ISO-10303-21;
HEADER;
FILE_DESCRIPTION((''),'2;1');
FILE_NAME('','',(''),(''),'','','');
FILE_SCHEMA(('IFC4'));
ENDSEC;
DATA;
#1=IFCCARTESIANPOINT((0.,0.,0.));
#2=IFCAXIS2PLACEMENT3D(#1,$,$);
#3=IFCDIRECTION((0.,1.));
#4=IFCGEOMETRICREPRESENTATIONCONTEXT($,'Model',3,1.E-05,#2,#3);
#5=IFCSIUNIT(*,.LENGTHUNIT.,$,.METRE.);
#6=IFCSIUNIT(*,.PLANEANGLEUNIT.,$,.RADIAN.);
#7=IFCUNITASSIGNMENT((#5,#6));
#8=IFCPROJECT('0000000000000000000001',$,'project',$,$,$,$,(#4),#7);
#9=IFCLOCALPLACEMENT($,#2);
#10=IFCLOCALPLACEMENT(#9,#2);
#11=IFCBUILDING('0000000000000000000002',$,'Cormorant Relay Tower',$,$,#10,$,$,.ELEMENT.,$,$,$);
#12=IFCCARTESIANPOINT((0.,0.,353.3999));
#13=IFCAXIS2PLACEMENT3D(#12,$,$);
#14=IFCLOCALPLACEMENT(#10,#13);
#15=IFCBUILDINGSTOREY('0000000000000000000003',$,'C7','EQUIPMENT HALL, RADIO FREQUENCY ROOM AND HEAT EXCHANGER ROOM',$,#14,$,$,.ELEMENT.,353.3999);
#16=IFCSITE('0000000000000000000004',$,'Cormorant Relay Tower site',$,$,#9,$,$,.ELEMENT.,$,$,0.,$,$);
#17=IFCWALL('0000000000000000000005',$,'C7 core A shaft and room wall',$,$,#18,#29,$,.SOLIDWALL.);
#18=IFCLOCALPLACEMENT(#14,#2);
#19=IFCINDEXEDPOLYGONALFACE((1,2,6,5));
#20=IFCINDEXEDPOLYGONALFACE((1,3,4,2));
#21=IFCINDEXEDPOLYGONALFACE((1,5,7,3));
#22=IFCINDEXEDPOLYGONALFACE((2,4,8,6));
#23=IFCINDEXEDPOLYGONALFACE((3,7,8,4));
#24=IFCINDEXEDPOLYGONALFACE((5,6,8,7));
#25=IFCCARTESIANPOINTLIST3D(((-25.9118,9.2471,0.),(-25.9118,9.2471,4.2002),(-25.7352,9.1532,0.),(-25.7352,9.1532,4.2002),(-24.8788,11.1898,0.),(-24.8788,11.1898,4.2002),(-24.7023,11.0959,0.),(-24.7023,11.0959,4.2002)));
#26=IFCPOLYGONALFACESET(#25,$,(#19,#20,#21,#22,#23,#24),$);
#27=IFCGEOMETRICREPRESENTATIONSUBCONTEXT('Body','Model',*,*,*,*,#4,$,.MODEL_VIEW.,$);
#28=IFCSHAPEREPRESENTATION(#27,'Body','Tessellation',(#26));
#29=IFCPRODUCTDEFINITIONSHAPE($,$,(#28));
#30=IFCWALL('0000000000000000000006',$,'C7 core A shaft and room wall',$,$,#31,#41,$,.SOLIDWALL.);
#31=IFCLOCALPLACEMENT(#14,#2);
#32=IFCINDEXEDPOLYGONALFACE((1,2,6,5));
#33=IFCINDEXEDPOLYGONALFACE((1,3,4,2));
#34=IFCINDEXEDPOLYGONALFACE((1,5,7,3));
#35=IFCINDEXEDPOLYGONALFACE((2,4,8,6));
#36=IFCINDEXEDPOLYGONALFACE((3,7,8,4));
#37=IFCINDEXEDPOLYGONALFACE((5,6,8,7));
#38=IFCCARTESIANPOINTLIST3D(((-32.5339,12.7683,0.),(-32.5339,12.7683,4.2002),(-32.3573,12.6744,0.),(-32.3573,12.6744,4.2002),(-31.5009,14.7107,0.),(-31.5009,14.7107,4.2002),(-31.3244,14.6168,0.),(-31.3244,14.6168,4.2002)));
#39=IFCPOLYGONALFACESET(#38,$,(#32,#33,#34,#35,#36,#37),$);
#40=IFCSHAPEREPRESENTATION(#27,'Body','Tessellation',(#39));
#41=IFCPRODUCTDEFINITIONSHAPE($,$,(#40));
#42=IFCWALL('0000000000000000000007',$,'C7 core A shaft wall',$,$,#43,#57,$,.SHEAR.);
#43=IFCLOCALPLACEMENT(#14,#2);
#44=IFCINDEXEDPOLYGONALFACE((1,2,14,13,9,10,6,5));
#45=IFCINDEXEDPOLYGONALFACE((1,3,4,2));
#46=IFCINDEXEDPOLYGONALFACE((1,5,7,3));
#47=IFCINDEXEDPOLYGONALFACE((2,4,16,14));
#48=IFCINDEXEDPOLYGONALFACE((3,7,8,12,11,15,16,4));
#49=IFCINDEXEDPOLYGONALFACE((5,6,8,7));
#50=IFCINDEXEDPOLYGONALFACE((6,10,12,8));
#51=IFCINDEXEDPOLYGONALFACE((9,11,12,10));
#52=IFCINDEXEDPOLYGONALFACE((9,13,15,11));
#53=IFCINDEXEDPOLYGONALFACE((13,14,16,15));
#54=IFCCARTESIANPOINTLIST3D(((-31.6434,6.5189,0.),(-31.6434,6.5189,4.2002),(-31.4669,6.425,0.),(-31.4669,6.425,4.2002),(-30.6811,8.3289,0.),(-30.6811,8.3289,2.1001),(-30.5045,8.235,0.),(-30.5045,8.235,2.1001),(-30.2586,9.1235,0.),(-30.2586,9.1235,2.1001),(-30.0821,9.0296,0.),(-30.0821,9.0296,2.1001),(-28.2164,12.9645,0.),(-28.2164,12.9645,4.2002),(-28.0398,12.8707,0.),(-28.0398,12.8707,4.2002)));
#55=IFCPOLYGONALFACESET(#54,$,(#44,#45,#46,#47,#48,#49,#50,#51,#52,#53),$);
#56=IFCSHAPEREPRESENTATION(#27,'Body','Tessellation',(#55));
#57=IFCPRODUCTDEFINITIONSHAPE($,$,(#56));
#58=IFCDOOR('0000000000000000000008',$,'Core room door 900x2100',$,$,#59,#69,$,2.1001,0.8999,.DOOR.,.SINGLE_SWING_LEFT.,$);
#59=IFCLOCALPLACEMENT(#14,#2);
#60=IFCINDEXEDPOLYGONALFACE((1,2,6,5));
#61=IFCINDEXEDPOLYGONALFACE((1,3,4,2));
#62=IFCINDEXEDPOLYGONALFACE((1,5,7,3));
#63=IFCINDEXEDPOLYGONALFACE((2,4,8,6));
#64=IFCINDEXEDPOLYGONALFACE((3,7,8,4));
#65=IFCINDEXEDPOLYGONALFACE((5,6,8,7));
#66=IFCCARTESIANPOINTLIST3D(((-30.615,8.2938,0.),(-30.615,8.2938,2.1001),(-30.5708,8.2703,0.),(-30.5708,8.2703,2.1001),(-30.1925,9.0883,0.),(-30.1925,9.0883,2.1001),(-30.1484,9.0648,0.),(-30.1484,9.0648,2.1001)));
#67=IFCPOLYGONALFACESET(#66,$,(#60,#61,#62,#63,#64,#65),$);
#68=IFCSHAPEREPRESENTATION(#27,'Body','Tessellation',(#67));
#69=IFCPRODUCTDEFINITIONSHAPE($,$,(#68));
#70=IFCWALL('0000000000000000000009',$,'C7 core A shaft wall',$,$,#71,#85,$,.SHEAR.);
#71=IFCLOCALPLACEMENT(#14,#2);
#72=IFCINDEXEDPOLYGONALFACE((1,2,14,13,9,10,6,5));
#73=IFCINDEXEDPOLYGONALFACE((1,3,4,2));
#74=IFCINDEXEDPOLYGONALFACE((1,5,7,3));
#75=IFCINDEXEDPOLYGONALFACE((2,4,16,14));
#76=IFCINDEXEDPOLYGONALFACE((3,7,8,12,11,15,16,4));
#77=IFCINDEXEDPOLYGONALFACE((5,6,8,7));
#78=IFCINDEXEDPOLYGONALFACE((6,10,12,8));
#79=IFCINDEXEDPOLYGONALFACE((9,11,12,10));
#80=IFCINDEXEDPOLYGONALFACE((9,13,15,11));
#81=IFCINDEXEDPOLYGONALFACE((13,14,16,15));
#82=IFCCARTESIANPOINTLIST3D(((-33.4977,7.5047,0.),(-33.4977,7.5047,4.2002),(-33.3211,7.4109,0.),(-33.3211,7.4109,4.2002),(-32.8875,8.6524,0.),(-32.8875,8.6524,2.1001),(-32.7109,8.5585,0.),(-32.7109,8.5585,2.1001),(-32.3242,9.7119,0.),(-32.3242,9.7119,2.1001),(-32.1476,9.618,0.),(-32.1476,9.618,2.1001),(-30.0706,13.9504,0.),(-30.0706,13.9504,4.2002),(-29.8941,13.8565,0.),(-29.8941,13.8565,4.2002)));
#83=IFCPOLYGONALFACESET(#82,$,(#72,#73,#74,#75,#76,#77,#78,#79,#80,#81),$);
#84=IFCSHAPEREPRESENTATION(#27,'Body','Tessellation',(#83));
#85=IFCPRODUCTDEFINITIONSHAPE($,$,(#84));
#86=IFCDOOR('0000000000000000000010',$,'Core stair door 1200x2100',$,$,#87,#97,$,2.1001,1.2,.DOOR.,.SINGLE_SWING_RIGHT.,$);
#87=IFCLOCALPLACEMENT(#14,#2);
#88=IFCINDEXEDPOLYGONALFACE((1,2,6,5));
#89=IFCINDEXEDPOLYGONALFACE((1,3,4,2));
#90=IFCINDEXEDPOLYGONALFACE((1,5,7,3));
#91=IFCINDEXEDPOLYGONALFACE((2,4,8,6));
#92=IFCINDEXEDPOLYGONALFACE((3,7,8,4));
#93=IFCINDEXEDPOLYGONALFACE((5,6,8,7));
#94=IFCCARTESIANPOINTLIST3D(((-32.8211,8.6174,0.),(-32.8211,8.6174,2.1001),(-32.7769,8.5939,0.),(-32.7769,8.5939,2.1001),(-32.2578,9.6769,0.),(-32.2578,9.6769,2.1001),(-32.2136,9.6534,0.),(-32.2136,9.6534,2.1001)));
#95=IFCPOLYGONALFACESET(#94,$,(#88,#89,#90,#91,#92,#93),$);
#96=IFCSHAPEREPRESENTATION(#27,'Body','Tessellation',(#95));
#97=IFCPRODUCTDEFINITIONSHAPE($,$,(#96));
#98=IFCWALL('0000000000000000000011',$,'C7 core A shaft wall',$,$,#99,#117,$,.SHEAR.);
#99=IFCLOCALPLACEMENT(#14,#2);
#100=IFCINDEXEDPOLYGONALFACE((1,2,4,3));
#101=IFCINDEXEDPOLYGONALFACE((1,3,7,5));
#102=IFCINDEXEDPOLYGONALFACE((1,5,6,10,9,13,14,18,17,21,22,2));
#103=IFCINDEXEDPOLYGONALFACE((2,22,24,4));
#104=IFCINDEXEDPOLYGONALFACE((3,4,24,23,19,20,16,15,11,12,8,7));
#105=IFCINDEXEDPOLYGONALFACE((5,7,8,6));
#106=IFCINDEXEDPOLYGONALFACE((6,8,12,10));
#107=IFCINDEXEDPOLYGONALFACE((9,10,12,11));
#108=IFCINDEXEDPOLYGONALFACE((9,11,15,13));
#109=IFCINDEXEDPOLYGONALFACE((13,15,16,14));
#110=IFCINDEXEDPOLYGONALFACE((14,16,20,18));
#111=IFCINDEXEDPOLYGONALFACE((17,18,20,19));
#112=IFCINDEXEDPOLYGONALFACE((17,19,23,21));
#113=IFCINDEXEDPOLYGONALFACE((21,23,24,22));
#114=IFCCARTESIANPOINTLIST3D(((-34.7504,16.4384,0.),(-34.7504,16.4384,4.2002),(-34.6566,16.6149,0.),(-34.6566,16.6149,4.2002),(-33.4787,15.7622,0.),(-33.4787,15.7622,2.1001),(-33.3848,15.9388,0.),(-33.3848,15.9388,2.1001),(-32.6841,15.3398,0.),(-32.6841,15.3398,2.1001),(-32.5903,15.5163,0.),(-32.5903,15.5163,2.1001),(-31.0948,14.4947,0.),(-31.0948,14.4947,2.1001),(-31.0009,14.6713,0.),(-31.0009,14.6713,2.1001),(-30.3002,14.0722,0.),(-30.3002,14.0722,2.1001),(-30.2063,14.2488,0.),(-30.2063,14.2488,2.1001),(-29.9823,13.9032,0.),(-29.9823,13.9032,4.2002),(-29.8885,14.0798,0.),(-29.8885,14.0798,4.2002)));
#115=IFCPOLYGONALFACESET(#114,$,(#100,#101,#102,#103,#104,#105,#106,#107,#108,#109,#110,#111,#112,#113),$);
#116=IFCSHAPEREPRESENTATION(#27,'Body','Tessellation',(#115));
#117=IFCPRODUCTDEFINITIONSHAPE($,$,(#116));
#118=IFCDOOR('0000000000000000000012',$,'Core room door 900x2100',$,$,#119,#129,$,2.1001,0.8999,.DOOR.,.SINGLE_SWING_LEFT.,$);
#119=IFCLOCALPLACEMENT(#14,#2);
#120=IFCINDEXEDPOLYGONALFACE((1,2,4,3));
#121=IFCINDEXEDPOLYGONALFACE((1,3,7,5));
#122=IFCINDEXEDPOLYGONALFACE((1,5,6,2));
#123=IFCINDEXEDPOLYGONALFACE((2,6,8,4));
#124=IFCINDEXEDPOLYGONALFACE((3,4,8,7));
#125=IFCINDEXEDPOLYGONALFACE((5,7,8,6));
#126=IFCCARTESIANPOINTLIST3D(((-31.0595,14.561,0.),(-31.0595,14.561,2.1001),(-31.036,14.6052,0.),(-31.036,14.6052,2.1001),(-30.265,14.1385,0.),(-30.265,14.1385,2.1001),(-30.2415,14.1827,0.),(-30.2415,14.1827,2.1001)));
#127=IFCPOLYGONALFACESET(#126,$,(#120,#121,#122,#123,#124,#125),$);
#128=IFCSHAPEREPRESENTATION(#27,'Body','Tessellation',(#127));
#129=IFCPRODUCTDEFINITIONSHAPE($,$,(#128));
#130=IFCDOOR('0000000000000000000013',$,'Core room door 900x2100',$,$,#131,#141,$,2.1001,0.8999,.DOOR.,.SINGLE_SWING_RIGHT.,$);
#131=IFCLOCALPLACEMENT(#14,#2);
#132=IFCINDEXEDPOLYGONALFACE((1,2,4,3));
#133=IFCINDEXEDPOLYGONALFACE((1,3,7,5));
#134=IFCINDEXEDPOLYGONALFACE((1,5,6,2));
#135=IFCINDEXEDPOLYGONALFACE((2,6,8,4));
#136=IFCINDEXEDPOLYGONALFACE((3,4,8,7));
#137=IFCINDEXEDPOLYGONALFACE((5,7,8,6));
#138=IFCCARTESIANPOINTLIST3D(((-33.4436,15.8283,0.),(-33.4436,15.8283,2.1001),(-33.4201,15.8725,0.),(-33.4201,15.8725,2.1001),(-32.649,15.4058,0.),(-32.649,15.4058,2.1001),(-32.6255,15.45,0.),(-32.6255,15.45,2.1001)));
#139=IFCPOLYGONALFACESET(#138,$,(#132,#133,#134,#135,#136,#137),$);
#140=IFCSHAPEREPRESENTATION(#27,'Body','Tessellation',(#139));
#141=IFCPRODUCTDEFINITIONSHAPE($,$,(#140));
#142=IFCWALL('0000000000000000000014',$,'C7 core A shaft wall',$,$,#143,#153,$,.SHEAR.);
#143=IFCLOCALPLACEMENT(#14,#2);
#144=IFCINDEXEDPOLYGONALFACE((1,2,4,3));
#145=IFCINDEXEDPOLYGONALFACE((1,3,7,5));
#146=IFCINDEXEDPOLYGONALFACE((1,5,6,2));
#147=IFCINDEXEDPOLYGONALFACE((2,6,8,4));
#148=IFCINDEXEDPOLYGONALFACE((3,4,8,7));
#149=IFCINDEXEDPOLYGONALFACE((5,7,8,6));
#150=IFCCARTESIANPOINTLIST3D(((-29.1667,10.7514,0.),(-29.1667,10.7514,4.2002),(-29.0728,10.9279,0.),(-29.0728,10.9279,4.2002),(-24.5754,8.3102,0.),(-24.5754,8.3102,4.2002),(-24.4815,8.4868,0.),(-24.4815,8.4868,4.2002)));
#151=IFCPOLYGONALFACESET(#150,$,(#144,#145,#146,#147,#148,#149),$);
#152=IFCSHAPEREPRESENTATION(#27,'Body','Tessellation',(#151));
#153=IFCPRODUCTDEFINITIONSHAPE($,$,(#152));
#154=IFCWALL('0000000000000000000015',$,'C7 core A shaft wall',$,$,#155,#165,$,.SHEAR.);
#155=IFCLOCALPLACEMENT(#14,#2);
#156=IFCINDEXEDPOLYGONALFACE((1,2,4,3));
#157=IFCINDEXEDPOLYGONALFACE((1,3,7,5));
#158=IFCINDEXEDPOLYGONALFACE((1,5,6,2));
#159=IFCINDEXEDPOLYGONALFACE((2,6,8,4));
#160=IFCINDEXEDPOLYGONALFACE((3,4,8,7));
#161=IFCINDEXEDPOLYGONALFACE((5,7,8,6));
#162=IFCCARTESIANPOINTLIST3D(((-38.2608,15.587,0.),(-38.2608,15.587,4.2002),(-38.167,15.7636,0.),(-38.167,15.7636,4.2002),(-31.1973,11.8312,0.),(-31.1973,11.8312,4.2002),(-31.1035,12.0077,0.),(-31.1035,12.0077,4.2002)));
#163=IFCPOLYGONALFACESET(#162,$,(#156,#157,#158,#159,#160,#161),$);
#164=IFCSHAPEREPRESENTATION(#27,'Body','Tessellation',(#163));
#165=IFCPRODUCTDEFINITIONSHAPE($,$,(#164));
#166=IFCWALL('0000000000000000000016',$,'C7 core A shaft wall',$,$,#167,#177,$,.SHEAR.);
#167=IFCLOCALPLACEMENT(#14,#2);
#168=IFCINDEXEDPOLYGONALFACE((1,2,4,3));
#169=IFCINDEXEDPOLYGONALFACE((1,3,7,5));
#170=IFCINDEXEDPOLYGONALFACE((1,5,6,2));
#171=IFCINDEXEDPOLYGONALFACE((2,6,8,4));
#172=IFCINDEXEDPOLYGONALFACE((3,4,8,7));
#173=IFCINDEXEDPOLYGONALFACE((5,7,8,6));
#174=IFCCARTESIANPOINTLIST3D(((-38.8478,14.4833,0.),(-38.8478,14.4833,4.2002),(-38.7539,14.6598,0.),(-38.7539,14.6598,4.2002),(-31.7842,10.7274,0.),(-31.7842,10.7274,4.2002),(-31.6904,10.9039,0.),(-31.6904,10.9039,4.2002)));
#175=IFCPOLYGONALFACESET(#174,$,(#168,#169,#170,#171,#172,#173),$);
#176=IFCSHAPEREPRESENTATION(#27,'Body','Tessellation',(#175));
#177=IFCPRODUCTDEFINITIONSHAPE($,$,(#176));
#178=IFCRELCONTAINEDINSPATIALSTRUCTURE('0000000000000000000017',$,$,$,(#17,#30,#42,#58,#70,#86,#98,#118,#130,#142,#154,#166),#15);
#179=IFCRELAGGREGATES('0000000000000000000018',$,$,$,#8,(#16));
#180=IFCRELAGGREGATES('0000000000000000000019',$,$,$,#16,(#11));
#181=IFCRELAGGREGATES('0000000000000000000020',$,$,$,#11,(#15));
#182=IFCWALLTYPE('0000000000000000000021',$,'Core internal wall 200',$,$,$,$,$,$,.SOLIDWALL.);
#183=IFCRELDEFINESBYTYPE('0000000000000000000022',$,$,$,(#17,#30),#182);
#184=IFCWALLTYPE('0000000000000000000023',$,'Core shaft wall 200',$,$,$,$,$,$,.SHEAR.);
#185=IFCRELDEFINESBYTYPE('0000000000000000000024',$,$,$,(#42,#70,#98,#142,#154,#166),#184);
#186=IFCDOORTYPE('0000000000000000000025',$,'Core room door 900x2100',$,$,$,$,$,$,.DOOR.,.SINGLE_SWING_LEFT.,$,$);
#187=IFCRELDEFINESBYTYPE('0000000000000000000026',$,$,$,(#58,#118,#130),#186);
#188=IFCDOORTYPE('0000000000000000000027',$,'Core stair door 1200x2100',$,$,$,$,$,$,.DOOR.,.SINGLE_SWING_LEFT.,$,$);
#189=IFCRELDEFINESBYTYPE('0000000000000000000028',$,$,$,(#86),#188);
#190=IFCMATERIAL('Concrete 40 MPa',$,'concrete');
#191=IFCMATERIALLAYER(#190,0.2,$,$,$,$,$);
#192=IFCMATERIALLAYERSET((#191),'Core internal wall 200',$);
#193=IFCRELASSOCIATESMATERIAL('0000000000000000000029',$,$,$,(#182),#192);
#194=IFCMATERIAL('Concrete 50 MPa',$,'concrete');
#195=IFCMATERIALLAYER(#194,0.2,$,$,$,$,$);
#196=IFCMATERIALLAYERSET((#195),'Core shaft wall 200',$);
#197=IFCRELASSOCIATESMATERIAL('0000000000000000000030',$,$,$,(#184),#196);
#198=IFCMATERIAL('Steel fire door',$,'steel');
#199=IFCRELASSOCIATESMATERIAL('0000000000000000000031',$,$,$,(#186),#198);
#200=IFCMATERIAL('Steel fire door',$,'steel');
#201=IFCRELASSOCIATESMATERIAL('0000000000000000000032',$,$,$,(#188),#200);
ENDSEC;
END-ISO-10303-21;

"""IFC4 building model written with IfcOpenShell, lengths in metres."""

from ifc_helpers import new_model, si_unit, direction, frame, frame_2d, origin, place, context, subcontext, project, spatial, rectangle, extrude, material, layer, layer_set, type_object, element, fill, save


model = new_model("IFC4")

# Units and contexts
model_context = context("Model", 3, precision=1e-05, world=origin(), true_north=direction((0.0, 1.0)))
body_context = subcontext(model_context, "Body", "Model", "MODEL_VIEW")
ifc_project = project(units=[si_unit("LENGTHUNIT", "METRE"), si_unit("PLANEANGLEUNIT", "RADIAN")], contexts=[model_context])

# Site, building, storey
site_placement = place(None, origin())
site = spatial("IfcSite", under=ifc_project, at=site_placement, Name="Cormorant Relay Tower site", CompositionType="ELEMENT", RefElevation=0.0)
building_placement = place(site_placement, origin())
building = spatial("IfcBuilding", under=site, at=building_placement, Name="Cormorant Relay Tower", CompositionType="ELEMENT")
storey_placement = place(building_placement, frame((0.0, 0.0, 353.3999)))
storey = spatial("IfcBuildingStorey", under=building, at=storey_placement, Name="C7", Description="EQUIPMENT HALL, RADIO FREQUENCY ROOM AND HEAT EXCHANGER ROOM", CompositionType="ELEMENT", Elevation=353.3999)

# Walls
ifc_material_1 = material(Name="Concrete 40 MPa", Category="concrete")
ifc_layer_1 = layer(ifc_material_1, 0.2)
ifc_layer_set_1 = layer_set([ifc_layer_1], Name="Core internal wall 200")
wall_type_1 = type_object("IfcWallType", Name="Core internal wall 200", PredefinedType="SOLIDWALL", material=ifc_layer_set_1)
wall_1_placement = place(storey_placement, frame((-24.7905, 11.1428, 0.0), z_axis=(0.0, 0.0, 1.0), x_axis=(-0.469488, -0.882939, 0.0)))
element("IfcWall", 1, at=wall_1_placement, inside=storey, type_object=wall_type_1, Name="C7 core A shaft and room wall", PredefinedType="SOLIDWALL", context=body_context, shape_type="SweptSolid", body=[
    extrude(rectangle(XDim=2.2002, YDim=0.2, at=frame_2d((1.1001, 0.0))), origin(), (0.0, 0.0, 1.0), 4.2002),
])
wall_2_placement = place(storey_placement, frame((-31.4126, 14.6638, 0.0), z_axis=(0.0, 0.0, 1.0), x_axis=(-0.469534, -0.882914, 0.0)))
element("IfcWall", 2, at=wall_2_placement, inside=storey, type_object=wall_type_1, Name="C7 core A shaft and room wall", PredefinedType="SOLIDWALL", context=body_context, shape_type="SweptSolid", body=[
    extrude(rectangle(XDim=2.2, YDim=0.2, at=frame_2d((1.1001, 0.0))), origin(), (0.0, 0.0, 1.0), 4.2002),
])

# Walls, openings, doors
ifc_material_2 = material(Name="Concrete 50 MPa", Category="concrete")
ifc_layer_2 = layer(ifc_material_2, 0.2)
ifc_layer_set_2 = layer_set([ifc_layer_2], Name="Core shaft wall 200")
wall_type_2 = type_object("IfcWallType", Name="Core shaft wall 200", PredefinedType="SHEAR", material=ifc_layer_set_2)
wall_3_placement = place(storey_placement, frame((-28.1282, 12.9175, 0.0), z_axis=(0.0, 0.0, 1.0), x_axis=(-0.469454, -0.882957, 0.0)))
wall_3 = element("IfcWall", 3, at=wall_3_placement, inside=storey, type_object=wall_type_2, Name="C7 core A shaft wall", PredefinedType="SHEAR", context=body_context, shape_type="SweptSolid", body=[
    extrude(rectangle(XDim=7.3, YDim=0.2, at=frame_2d((3.6499, 0.0))), origin(), (0.0, 0.0, 1.0), 4.2002),
])
opening_1_placement = place(wall_3_placement, frame((4.3501, 0.0, 0.0)))
opening_1 = element("IfcOpeningElement", 4, at=opening_1_placement, cuts=wall_3, PredefinedType="OPENING", context=body_context, shape_type="SweptSolid", body=[
    extrude(rectangle(XDim=0.8999, YDim=2.1001, at=frame_2d((0.45, 1.05))), frame((0.0, 0.1099, 0.0), z_axis=(0.0, -1.0, 0.0), x_axis=(1.0, 0.0, 0.0)), (0.0, 0.0, 1.0), 0.22),
])
ifc_material_3 = material(Name="Steel fire door", Category="steel")
door_type_1 = type_object("IfcDoorType", Name="Core room door 900x2100", OperationType="SINGLE_SWING_LEFT", PredefinedType="DOOR", material=ifc_material_3)
door_1_placement = place(opening_1_placement, origin())
door_1 = element("IfcDoor", 5, at=door_1_placement, inside=storey, type_object=door_type_1, Name="Core room door 900x2100", OperationType="SINGLE_SWING_LEFT", OverallHeight=2.1001, OverallWidth=0.8999, PredefinedType="DOOR", context=body_context, shape_type="SweptSolid", body=[
    extrude(rectangle(XDim=0.8999, YDim=2.1001, at=frame_2d((0.45, 1.05))), frame((0.0, 0.0249, 0.0), z_axis=(0.0, -1.0, 0.0), x_axis=(1.0, 0.0, 0.0)), (0.0, 0.0, 1.0), 0.05),
])
fill(opening_1, door_1)
wall_4_placement = place(storey_placement, frame((-29.9824, 13.9033, 0.0), z_axis=(0.0, 0.0, 1.0), x_axis=(-0.469454, -0.882957, 0.0)))
wall_4 = element("IfcWall", 6, at=wall_4_placement, inside=storey, type_object=wall_type_2, Name="C7 core A shaft wall", PredefinedType="SHEAR", context=body_context, shape_type="SweptSolid", body=[
    extrude(rectangle(XDim=7.3, YDim=0.2, at=frame_2d((3.6499, 0.0))), origin(), (0.0, 0.0, 1.0), 4.2002),
])
opening_2_placement = place(wall_4_placement, frame((4.8, 0.0, 0.0)))
opening_2 = element("IfcOpeningElement", 7, at=opening_2_placement, cuts=wall_4, PredefinedType="OPENING", context=body_context, shape_type="SweptSolid", body=[
    extrude(rectangle(XDim=1.2, YDim=2.1001, at=frame_2d((0.6001, 1.05))), frame((0.0, 0.1099, 0.0), z_axis=(0.0, -1.0, 0.0), x_axis=(1.0, 0.0, 0.0)), (0.0, 0.0, 1.0), 0.22),
])
ifc_material_4 = material(Name="Steel fire door", Category="steel")
door_type_2 = type_object("IfcDoorType", Name="Core stair door 1200x2100", OperationType="SINGLE_SWING_LEFT", PredefinedType="DOOR", material=ifc_material_4)
door_2_placement = place(opening_2_placement, frame((1.2, 0.0, 0.0), z_axis=(0.0, 0.0, 1.0), x_axis=(-1.0, 0.0, 0.0)))
door_2 = element("IfcDoor", 8, at=door_2_placement, inside=storey, type_object=door_type_2, Name="Core stair door 1200x2100", OperationType="SINGLE_SWING_RIGHT", OverallHeight=2.1001, OverallWidth=1.2, PredefinedType="DOOR", context=body_context, shape_type="SweptSolid", body=[
    extrude(rectangle(XDim=1.2, YDim=2.1001, at=frame_2d((0.6001, 1.05))), frame((0.0, 0.0249, 0.0), z_axis=(0.0, -1.0, 0.0), x_axis=(1.0, 0.0, 0.0)), (0.0, 0.0, 1.0), 0.05),
])
fill(opening_2, door_2)

# Wall, openings, doors
wall_5_placement = place(storey_placement, frame((-29.9353, 13.9915, 0.0), z_axis=(0.0, 0.0, 1.0), x_axis=(-0.882953, 0.469462, 0.0)))
wall_5 = element("IfcWall", 9, at=wall_5_placement, inside=storey, type_object=wall_type_2, Name="C7 core A shaft wall", PredefinedType="SHEAR", context=body_context, shape_type="SweptSolid", body=[
    extrude(rectangle(XDim=5.4001, YDim=0.2, at=frame_2d((2.7002, 0.0))), origin(), (0.0, 0.0, 1.0), 4.2002),
])
opening_3_placement = place(wall_5_placement, frame((0.3601, 0.0, 0.0)))
opening_3 = element("IfcOpeningElement", 10, at=opening_3_placement, cuts=wall_5, PredefinedType="OPENING", context=body_context, shape_type="SweptSolid", body=[
    extrude(rectangle(XDim=0.8999, YDim=2.1001, at=frame_2d((0.45, 1.05))), frame((0.0, 0.1099, 0.0), z_axis=(0.0, -1.0, 0.0), x_axis=(1.0, 0.0, 0.0)), (0.0, 0.0, 1.0), 0.22),
])
opening_4_placement = place(wall_5_placement, frame((3.0601, 0.0, 0.0)))
opening_4 = element("IfcOpeningElement", 11, at=opening_4_placement, cuts=wall_5, PredefinedType="OPENING", context=body_context, shape_type="SweptSolid", body=[
    extrude(rectangle(XDim=0.8999, YDim=2.1001, at=frame_2d((0.45, 1.05))), frame((0.0, 0.1099, 0.0), z_axis=(0.0, -1.0, 0.0), x_axis=(1.0, 0.0, 0.0)), (0.0, 0.0, 1.0), 0.22),
])
door_3_placement = place(opening_3_placement, origin())
door_3 = element("IfcDoor", 12, at=door_3_placement, inside=storey, type_object=door_type_1, Name="Core room door 900x2100", OperationType="SINGLE_SWING_LEFT", OverallHeight=2.1001, OverallWidth=0.8999, PredefinedType="DOOR", context=body_context, shape_type="SweptSolid", body=[
    extrude(rectangle(XDim=0.8999, YDim=2.1001, at=frame_2d((0.45, 1.05))), frame((0.0, 0.0249, 0.0), z_axis=(0.0, -1.0, 0.0), x_axis=(1.0, 0.0, 0.0)), (0.0, 0.0, 1.0), 0.05),
])
fill(opening_3, door_3)
door_4_placement = place(opening_4_placement, frame((0.8999, 0.0, 0.0), z_axis=(0.0, 0.0, 1.0), x_axis=(-1.0, 0.0, 0.0)))
door_4 = element("IfcDoor", 13, at=door_4_placement, inside=storey, type_object=door_type_1, Name="Core room door 900x2100", OperationType="SINGLE_SWING_RIGHT", OverallHeight=2.1001, OverallWidth=0.8999, PredefinedType="DOOR", context=body_context, shape_type="SweptSolid", body=[
    extrude(rectangle(XDim=0.8999, YDim=2.1001, at=frame_2d((0.45, 1.05))), frame((0.0, 0.0249, 0.0), z_axis=(0.0, -1.0, 0.0), x_axis=(1.0, 0.0, 0.0)), (0.0, 0.0, 1.0), 0.05),
])
fill(opening_4, door_4)

# Walls
wall_6_placement = place(storey_placement, frame((-24.5283, 8.3984, 0.0), z_axis=(0.0, 0.0, 1.0), x_axis=(-0.882954, 0.46946, 0.0)))
element("IfcWall", 14, at=wall_6_placement, inside=storey, type_object=wall_type_2, Name="C7 core A shaft wall", PredefinedType="SHEAR", context=body_context, shape_type="SweptSolid", body=[
    extrude(rectangle(XDim=5.2, YDim=0.2, at=frame_2d((2.6001, 0.0))), origin(), (0.0, 0.0, 1.0), 4.2002),
])
for number, where, z_axis, x_axis, name in (
    (15, (-31.1504, 11.9194, 0.0), (0.0, 0.0, 1.0), (-0.88294, 0.469485, 0.0), "C7 core A shaft wall"),
    (16, (-31.7373, 10.8157, 0.0), (0.0, 0.0, 1.0), (-0.88294, 0.469485, 0.0), "C7 core A shaft wall"),
):
    element("IfcWall", number, at=place(storey_placement, frame(where, z_axis=z_axis, x_axis=x_axis)), inside=storey, type_object=wall_type_2, Name=name, PredefinedType="SHEAR", context=body_context, shape_type="SweptSolid", body=[
        extrude(rectangle(XDim=8.0, YDim=0.2, at=frame_2d((4.0, 0.0))), origin(), (0.0, 0.0, 1.0), 4.2002),
    ])

save(model, "model.ifc")
